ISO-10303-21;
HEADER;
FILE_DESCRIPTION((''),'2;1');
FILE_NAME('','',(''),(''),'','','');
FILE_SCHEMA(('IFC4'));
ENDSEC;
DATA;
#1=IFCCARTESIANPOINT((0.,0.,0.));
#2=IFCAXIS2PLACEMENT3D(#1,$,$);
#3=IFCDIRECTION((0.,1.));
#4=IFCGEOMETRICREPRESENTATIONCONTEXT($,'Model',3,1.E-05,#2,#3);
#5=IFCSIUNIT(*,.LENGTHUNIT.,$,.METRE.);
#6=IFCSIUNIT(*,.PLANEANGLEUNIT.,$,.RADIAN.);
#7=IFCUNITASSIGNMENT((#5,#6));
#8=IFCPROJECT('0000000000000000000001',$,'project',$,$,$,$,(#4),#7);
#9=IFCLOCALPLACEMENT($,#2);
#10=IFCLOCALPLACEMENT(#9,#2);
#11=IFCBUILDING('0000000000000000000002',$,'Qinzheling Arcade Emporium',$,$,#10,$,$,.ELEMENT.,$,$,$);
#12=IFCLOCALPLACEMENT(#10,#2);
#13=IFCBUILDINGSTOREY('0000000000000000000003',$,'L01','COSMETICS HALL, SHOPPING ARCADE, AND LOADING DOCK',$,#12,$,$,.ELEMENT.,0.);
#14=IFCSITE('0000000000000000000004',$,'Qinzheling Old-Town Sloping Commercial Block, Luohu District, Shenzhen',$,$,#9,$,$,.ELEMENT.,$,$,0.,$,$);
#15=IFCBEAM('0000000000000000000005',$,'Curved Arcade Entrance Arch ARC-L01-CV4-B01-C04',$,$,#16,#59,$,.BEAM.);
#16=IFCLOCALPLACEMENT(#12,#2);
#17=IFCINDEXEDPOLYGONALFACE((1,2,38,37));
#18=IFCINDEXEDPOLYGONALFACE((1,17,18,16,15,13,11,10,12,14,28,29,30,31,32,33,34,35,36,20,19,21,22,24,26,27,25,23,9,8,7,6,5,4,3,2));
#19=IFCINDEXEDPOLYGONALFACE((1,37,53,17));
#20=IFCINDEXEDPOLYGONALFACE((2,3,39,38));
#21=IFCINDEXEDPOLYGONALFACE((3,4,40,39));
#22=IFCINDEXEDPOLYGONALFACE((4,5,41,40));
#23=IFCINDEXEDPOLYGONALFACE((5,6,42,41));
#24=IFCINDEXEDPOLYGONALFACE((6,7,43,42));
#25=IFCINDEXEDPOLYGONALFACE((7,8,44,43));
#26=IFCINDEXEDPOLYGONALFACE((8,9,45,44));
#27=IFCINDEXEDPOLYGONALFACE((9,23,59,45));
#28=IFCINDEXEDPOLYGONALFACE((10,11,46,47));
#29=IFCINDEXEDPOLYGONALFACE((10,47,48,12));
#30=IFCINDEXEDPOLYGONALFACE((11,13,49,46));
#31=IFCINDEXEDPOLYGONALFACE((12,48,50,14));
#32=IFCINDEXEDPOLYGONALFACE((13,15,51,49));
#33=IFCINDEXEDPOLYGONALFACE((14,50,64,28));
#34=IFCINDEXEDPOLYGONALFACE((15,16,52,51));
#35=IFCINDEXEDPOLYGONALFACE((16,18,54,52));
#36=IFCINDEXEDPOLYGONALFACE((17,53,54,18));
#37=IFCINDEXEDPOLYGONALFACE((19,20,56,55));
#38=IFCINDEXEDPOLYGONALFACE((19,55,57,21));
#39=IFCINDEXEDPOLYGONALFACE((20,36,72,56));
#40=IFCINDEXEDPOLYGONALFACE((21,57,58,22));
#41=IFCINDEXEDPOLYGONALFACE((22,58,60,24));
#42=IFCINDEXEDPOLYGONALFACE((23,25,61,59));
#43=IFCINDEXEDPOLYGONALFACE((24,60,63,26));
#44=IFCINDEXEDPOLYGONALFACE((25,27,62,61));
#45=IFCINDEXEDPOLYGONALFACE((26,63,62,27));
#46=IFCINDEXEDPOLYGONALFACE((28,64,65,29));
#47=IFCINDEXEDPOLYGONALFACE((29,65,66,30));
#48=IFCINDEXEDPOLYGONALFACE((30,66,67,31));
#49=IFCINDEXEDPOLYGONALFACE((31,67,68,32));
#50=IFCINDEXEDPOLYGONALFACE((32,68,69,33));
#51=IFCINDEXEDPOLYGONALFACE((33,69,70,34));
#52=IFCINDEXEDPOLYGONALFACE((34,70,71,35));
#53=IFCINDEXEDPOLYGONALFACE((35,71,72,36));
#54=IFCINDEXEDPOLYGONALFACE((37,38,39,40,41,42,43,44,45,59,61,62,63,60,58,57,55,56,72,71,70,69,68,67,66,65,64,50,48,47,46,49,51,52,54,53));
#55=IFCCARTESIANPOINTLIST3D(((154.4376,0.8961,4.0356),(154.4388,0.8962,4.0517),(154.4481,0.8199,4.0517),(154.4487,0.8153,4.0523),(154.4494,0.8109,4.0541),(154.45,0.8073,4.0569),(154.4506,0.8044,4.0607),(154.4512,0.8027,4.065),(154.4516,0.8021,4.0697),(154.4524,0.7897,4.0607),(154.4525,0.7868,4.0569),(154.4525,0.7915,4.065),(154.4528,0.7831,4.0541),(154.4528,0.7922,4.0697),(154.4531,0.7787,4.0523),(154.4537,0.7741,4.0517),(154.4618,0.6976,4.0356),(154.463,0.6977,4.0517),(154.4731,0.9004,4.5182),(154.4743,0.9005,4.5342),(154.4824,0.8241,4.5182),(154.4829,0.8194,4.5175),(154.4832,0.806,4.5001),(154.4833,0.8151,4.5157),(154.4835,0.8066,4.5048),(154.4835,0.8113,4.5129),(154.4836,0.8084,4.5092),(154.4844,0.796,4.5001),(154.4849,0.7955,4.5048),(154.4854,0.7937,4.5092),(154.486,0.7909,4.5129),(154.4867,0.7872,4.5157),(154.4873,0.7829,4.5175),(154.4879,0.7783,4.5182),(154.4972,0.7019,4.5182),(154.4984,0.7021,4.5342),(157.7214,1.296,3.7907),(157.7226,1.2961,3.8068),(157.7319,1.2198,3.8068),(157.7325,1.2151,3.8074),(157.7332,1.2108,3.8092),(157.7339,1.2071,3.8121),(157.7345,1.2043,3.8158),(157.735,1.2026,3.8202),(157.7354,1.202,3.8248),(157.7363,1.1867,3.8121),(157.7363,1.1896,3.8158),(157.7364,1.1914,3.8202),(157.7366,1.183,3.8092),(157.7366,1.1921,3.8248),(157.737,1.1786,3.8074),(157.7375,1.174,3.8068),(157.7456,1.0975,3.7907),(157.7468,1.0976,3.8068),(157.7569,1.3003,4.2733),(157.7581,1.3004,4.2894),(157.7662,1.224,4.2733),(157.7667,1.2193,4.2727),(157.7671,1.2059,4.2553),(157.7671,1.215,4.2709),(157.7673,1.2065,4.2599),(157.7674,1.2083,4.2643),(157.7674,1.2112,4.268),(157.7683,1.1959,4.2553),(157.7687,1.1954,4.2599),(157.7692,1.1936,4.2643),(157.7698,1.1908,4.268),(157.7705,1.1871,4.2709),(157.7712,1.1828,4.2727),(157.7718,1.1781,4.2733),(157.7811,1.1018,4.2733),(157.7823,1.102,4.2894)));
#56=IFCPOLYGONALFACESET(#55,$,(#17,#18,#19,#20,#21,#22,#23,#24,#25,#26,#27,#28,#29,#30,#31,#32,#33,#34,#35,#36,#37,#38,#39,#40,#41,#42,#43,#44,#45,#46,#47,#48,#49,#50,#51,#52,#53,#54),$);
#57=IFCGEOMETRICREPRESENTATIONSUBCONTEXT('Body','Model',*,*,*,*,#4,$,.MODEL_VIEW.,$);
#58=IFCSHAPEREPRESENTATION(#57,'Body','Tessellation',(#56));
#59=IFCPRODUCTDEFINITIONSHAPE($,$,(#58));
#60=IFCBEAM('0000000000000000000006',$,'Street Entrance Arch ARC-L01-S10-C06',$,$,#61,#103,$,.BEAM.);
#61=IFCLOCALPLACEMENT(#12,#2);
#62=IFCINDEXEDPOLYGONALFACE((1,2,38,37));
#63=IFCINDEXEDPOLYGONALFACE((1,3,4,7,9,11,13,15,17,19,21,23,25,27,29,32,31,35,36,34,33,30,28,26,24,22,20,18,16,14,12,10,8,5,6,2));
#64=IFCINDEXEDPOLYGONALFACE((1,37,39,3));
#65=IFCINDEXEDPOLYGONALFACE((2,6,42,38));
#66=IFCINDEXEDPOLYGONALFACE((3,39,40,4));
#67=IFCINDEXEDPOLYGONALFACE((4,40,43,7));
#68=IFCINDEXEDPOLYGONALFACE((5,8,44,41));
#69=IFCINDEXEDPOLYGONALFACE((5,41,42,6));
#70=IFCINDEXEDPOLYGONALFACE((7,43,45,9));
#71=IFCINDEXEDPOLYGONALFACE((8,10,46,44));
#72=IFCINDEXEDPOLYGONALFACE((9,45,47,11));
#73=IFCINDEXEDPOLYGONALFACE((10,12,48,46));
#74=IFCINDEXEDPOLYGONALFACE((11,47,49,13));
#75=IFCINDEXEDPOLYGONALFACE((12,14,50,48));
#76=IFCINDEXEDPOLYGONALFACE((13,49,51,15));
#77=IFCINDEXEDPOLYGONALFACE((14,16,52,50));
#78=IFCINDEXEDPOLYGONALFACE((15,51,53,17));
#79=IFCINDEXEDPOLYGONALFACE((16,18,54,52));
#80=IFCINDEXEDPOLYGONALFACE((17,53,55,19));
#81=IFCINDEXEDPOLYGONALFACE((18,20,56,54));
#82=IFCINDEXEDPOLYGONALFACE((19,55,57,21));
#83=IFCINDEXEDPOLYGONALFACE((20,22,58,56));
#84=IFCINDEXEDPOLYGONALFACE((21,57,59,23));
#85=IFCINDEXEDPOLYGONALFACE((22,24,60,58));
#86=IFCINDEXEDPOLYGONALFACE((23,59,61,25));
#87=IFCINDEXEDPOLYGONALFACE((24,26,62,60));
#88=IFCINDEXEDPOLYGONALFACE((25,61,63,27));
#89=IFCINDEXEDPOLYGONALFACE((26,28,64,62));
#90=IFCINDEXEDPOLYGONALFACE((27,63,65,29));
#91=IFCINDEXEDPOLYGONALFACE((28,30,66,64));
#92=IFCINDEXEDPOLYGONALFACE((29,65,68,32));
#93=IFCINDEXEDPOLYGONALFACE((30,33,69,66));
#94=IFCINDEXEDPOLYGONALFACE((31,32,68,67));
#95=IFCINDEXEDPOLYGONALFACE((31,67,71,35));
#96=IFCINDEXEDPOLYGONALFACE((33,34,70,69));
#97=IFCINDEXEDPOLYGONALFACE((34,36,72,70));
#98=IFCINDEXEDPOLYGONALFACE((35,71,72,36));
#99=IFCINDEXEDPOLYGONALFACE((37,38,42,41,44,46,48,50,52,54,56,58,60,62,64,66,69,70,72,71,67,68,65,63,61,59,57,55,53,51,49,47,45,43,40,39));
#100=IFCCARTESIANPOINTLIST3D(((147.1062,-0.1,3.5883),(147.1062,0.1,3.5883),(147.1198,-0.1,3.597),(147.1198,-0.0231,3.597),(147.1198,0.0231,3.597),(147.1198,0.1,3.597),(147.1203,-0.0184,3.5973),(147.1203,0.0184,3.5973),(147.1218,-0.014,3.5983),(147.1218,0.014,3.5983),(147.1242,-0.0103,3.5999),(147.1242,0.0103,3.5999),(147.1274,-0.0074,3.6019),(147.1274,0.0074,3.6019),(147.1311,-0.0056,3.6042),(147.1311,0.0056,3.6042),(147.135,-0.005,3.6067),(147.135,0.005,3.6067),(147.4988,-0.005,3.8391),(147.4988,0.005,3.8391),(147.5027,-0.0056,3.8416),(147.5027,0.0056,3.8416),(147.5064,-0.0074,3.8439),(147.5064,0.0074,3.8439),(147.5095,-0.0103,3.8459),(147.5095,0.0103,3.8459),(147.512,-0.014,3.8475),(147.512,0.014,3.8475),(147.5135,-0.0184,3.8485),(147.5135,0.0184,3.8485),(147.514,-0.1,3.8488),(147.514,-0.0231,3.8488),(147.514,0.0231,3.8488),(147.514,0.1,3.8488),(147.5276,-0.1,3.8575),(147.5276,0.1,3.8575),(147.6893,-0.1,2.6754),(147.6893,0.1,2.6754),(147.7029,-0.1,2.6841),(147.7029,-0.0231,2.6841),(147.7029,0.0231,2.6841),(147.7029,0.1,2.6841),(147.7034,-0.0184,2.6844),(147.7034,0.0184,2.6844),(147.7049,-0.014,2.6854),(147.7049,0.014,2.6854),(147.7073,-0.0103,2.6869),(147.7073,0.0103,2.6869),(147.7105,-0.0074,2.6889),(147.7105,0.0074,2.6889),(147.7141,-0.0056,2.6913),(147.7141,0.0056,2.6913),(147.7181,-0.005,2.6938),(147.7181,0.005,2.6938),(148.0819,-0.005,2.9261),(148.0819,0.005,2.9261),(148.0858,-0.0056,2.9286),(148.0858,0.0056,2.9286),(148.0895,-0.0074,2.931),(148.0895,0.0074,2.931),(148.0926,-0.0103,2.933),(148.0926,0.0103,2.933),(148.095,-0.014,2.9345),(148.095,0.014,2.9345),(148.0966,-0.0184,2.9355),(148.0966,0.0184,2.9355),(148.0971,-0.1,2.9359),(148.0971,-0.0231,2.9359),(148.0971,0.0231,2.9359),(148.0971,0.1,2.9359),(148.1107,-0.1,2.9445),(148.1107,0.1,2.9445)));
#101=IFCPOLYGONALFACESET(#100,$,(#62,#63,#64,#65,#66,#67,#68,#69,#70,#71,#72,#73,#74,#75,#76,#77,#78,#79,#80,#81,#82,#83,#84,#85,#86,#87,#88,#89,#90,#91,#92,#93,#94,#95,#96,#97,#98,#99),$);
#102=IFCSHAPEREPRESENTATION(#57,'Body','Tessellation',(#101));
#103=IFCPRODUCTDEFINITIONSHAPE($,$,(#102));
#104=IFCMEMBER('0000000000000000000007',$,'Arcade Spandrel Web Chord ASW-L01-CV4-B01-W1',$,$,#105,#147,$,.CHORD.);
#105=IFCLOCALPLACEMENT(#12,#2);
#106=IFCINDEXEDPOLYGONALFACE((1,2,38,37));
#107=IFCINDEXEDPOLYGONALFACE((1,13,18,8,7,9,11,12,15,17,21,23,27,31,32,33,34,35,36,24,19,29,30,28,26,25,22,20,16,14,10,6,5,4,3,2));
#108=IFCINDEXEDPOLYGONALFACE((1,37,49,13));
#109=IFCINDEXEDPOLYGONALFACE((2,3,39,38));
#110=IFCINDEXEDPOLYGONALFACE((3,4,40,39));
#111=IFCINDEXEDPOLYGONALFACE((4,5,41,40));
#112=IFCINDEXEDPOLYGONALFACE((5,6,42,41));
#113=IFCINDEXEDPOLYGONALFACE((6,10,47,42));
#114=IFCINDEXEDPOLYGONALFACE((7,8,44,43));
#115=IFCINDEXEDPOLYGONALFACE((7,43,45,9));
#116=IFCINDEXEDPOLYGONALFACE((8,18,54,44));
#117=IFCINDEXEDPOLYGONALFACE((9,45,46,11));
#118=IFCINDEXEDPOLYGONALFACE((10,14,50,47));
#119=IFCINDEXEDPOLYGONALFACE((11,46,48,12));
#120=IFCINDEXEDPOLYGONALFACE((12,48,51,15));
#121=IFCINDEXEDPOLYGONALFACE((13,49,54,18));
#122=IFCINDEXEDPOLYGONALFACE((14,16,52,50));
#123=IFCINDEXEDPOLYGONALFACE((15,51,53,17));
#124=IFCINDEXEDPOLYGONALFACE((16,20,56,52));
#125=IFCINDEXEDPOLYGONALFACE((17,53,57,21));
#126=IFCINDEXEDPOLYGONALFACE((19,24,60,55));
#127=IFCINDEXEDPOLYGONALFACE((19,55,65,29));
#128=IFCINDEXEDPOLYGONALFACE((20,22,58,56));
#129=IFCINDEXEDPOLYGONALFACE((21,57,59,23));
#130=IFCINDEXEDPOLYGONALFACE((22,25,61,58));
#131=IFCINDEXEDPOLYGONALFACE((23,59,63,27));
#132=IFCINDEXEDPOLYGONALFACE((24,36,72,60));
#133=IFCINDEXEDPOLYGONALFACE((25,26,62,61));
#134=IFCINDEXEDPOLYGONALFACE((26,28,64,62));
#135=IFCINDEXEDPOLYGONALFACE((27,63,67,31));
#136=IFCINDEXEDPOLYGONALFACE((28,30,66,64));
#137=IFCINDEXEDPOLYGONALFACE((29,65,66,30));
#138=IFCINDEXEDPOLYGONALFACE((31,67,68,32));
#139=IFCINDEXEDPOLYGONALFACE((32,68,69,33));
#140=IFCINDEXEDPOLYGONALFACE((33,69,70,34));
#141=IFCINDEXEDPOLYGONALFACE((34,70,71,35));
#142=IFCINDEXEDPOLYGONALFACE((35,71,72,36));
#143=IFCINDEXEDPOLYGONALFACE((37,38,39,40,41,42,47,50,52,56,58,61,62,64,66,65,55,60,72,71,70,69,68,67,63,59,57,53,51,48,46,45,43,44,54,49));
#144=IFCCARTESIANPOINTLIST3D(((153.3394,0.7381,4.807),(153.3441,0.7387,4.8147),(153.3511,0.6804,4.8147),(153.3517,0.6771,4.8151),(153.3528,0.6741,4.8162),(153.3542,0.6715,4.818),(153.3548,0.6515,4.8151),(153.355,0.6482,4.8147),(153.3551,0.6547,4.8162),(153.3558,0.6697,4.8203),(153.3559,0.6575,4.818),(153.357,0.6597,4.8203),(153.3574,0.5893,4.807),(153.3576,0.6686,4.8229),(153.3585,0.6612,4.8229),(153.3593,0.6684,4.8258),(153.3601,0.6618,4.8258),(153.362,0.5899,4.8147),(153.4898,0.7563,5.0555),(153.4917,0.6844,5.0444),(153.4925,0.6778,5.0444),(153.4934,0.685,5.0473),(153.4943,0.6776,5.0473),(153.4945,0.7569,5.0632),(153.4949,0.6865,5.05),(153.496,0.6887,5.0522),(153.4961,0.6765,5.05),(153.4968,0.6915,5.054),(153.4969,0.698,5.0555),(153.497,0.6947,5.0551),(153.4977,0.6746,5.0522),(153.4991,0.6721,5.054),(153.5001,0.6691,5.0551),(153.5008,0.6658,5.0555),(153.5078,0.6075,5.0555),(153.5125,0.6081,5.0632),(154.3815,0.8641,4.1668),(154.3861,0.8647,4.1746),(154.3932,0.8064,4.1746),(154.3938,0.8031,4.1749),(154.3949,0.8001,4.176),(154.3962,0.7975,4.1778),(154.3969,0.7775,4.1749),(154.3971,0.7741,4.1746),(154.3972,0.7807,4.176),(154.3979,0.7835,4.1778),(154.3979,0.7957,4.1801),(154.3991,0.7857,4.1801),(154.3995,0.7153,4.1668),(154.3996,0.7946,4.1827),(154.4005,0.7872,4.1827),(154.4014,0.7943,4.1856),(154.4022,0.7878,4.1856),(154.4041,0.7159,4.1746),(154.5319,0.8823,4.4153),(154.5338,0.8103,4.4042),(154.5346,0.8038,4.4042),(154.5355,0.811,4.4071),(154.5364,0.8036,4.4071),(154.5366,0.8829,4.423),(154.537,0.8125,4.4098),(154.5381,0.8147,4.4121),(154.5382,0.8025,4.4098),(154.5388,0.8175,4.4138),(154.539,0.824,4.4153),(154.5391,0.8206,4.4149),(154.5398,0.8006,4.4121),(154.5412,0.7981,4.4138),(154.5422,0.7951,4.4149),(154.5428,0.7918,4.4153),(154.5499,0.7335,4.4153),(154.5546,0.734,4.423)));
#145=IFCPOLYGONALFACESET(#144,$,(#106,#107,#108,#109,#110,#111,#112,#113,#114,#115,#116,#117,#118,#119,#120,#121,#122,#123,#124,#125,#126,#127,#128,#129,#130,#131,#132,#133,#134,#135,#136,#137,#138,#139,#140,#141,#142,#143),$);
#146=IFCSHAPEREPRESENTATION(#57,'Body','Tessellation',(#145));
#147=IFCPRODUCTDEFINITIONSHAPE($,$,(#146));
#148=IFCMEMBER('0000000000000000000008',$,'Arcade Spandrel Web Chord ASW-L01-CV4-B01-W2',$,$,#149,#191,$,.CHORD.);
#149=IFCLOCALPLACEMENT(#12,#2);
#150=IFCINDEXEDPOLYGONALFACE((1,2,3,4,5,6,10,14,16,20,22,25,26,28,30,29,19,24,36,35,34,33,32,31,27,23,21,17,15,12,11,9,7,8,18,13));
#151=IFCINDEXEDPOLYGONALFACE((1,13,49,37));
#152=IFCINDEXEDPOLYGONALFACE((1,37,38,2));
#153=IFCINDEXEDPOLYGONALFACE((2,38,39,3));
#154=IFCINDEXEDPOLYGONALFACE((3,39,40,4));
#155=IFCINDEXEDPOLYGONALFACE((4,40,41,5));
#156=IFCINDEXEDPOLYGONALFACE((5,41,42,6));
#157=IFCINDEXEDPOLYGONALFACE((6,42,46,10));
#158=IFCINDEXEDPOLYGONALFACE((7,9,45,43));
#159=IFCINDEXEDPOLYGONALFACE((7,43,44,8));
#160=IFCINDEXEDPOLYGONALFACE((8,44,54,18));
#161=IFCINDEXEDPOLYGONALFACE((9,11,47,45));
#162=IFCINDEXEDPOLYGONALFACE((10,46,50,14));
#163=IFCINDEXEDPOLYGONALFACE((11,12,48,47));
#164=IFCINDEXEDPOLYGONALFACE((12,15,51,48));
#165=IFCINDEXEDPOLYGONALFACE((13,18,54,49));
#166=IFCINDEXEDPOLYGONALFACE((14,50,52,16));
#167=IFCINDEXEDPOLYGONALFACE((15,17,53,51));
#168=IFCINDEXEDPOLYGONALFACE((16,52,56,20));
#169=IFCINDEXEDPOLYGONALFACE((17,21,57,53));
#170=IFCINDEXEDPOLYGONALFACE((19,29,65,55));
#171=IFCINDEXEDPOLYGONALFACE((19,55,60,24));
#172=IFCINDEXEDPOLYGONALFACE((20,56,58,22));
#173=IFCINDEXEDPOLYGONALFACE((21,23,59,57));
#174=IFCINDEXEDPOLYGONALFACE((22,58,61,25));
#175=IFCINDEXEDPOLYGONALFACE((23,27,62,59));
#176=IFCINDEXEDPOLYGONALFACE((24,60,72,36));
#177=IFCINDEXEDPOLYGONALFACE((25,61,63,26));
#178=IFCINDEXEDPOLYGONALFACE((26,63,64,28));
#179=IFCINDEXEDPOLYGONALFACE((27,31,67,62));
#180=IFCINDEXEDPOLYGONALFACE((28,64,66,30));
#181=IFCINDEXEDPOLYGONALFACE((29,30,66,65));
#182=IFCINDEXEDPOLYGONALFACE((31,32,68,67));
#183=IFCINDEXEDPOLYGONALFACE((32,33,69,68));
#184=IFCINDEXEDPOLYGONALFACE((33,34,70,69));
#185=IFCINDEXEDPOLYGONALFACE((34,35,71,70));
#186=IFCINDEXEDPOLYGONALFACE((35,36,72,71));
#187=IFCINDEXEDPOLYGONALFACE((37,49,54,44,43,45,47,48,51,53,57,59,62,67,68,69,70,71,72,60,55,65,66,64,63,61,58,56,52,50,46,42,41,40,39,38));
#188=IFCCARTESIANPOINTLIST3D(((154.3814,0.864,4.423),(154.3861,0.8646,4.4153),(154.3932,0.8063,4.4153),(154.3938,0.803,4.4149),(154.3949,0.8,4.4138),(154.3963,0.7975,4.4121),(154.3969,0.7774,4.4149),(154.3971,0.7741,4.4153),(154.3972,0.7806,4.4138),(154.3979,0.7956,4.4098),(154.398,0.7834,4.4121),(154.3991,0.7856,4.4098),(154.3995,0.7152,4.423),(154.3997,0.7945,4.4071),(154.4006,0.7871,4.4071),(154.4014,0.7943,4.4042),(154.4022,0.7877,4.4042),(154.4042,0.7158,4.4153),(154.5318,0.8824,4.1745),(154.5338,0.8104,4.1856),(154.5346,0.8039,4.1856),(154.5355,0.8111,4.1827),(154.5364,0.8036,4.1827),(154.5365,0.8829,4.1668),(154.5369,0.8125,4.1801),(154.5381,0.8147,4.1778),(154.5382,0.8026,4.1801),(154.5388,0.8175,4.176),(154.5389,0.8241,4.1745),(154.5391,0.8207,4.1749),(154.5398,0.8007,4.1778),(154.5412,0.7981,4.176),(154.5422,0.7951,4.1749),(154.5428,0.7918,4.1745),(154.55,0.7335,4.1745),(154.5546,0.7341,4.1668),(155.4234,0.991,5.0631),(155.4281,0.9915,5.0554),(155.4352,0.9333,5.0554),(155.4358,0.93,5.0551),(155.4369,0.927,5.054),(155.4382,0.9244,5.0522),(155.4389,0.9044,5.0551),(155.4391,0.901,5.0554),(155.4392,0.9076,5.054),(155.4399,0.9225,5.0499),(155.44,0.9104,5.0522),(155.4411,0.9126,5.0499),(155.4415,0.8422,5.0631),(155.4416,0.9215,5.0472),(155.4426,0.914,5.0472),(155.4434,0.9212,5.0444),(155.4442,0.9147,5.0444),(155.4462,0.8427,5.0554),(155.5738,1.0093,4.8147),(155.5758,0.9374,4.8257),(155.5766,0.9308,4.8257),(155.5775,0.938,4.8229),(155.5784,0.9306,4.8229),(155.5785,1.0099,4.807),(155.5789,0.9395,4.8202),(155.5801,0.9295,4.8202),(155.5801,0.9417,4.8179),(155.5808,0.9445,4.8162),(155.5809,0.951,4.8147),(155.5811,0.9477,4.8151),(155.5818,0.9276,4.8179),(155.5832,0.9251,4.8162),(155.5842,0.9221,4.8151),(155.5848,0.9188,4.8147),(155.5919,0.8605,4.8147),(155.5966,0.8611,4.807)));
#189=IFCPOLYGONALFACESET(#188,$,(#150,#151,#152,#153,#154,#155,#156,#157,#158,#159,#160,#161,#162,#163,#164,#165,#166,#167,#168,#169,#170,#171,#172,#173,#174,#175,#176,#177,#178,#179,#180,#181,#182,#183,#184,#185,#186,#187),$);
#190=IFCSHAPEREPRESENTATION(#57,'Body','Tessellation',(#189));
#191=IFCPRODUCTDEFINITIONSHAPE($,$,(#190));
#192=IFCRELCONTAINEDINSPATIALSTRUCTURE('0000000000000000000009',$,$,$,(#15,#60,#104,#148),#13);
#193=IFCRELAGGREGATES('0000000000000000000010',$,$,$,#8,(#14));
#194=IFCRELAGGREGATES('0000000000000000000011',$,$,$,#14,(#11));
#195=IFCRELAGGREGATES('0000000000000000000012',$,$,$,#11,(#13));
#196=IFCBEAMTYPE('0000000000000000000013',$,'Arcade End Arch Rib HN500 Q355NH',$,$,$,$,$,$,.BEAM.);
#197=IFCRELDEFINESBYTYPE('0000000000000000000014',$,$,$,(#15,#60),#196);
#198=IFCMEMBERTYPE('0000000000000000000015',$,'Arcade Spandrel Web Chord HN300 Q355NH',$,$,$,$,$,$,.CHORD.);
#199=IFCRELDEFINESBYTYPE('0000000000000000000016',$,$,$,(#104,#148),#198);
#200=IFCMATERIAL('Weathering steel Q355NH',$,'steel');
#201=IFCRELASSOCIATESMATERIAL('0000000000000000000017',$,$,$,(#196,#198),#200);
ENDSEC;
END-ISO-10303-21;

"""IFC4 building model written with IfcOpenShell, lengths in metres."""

from ifc_helpers import new_model, si_unit, direction, frame, origin, origin_2d, place, context, subcontext, project, spatial, i_section, extrude, material, material_profile, profile_set, type_object, element, save


model = new_model("IFC4")

# Units and contexts
model_context = context("Model", 3, precision=1e-05, world=origin(), true_north=direction((0.0, 1.0)))
body_context = subcontext(model_context, "Body", "Model", "MODEL_VIEW")
ifc_project = project(units=[si_unit("LENGTHUNIT", "METRE"), si_unit("PLANEANGLEUNIT", "RADIAN")], contexts=[model_context])

# Site, building, storey
site_placement = place(None, origin())
site = spatial("IfcSite", under=ifc_project, at=site_placement, Name="Qinzheling Old-Town Sloping Commercial Block, Luohu District, Shenzhen", CompositionType="ELEMENT", RefElevation=0.0)
building_placement = place(site_placement, origin())
building = spatial("IfcBuilding", under=site, at=building_placement, Name="Qinzheling Arcade Emporium", CompositionType="ELEMENT")
storey_placement = place(building_placement, origin())
storey = spatial("IfcBuildingStorey", under=building, at=storey_placement, Name="L01", Description="COSMETICS HALL, SHOPPING ARCADE, AND LOADING DOCK", CompositionType="ELEMENT", Elevation=0.0)

# Beams
ifc_material_1 = material(Name="Weathering steel Q355NH", Category="steel")
ifc_material_profile_1 = material_profile(ifc_material_1, i_section(OverallWidth=0.2, OverallDepth=0.5, WebThickness=0.01, FlangeThickness=0.0161, FilletRadius=0.0181, at=origin_2d()), Name="HN 500x200x10x16", Category="steel")
ifc_profile_set_1 = profile_set([ifc_material_profile_1], Name="Weathering steel Q355NH")
beam_type_1 = type_object("IfcBeamType", Name="Arcade End Arch Rib HN500 Q355NH", PredefinedType="BEAM", material=ifc_profile_set_1)
for number, where, z_axis, x_axis, name in (
    (1, (154.468, 0.7991, 4.2849), (0.989959, 0.120553, -0.073818), (-0.120882, 0.992667, 0.0), "Curved Arcade Entrance Arch ARC-L01-CV4-B01-C04"),
):
    element("IfcBeam", number, at=place(storey_placement, frame(where, z_axis=z_axis, x_axis=x_axis)), inside=storey, type_object=beam_type_1, Name=name, PredefinedType="BEAM", context=body_context, shape_type="SweptSolid", body=[
        extrude(i_section(OverallWidth=0.2, OverallDepth=0.5, WebThickness=0.01, FlangeThickness=0.0161, FilletRadius=0.0181, at=origin_2d()), origin(), (0.0, 0.0, 1.0), 3.3171),
    ])
beam_1_placement = place(storey_placement, frame((147.3169, 0.0, 3.7229), z_axis=(0.53826, 0.0, -0.842779), x_axis=(0.0, 1.0, 0.0)))
element("IfcBeam", 2, at=beam_1_placement, inside=storey, type_object=beam_type_1, Name="Street Entrance Arch ARC-L01-S10-C06", PredefinedType="BEAM", context=body_context, shape_type="SweptSolid", body=[
    extrude(i_section(OverallWidth=0.2, OverallDepth=0.5, WebThickness=0.01, FlangeThickness=0.0161, FilletRadius=0.0181, at=origin_2d()), origin(), (0.0, 0.0, 1.0), 1.0833),
])

# Members
ifc_material_profile_2 = material_profile(ifc_material_1, i_section(OverallWidth=0.1499, OverallDepth=0.3, WebThickness=0.0066, FlangeThickness=0.009, FilletRadius=0.0129, at=origin_2d()), Name="HN 300x150x6.5x9", Category="steel")
ifc_profile_set_2 = profile_set([ifc_material_profile_2], Name="Weathering steel Q355NH")
member_type_1 = type_object("IfcMemberType", Name="Arcade Spandrel Web Chord HN300 Q355NH", PredefinedType="CHORD", material=ifc_profile_set_2)
for number, where, z_axis, x_axis, name in (
    (3, (154.468, 0.7991, 4.2949), (-0.84757, -0.102471, 0.520696), (0.120026, -0.992771, 0.0), "Arcade Spandrel Web Chord ASW-L01-CV4-B01-W1"),
    (4, (154.468, 0.7991, 4.2949), (0.847501, 0.103257, 0.520653), (-0.120943, 0.99266, 0.0), "Arcade Spandrel Web Chord ASW-L01-CV4-B01-W2"),
):
    element("IfcMember", number, at=place(storey_placement, frame(where, z_axis=z_axis, x_axis=x_axis)), inside=storey, type_object=member_type_1, Name=name, PredefinedType="CHORD", context=body_context, shape_type="SweptSolid", body=[
        extrude(i_section(OverallWidth=0.1499, OverallDepth=0.3, WebThickness=0.0066, FlangeThickness=0.009, FilletRadius=0.0129, at=origin_2d()), origin(), (0.0, 0.0, 1.0), 1.2295),
    ])

save(model, "model.ifc")
